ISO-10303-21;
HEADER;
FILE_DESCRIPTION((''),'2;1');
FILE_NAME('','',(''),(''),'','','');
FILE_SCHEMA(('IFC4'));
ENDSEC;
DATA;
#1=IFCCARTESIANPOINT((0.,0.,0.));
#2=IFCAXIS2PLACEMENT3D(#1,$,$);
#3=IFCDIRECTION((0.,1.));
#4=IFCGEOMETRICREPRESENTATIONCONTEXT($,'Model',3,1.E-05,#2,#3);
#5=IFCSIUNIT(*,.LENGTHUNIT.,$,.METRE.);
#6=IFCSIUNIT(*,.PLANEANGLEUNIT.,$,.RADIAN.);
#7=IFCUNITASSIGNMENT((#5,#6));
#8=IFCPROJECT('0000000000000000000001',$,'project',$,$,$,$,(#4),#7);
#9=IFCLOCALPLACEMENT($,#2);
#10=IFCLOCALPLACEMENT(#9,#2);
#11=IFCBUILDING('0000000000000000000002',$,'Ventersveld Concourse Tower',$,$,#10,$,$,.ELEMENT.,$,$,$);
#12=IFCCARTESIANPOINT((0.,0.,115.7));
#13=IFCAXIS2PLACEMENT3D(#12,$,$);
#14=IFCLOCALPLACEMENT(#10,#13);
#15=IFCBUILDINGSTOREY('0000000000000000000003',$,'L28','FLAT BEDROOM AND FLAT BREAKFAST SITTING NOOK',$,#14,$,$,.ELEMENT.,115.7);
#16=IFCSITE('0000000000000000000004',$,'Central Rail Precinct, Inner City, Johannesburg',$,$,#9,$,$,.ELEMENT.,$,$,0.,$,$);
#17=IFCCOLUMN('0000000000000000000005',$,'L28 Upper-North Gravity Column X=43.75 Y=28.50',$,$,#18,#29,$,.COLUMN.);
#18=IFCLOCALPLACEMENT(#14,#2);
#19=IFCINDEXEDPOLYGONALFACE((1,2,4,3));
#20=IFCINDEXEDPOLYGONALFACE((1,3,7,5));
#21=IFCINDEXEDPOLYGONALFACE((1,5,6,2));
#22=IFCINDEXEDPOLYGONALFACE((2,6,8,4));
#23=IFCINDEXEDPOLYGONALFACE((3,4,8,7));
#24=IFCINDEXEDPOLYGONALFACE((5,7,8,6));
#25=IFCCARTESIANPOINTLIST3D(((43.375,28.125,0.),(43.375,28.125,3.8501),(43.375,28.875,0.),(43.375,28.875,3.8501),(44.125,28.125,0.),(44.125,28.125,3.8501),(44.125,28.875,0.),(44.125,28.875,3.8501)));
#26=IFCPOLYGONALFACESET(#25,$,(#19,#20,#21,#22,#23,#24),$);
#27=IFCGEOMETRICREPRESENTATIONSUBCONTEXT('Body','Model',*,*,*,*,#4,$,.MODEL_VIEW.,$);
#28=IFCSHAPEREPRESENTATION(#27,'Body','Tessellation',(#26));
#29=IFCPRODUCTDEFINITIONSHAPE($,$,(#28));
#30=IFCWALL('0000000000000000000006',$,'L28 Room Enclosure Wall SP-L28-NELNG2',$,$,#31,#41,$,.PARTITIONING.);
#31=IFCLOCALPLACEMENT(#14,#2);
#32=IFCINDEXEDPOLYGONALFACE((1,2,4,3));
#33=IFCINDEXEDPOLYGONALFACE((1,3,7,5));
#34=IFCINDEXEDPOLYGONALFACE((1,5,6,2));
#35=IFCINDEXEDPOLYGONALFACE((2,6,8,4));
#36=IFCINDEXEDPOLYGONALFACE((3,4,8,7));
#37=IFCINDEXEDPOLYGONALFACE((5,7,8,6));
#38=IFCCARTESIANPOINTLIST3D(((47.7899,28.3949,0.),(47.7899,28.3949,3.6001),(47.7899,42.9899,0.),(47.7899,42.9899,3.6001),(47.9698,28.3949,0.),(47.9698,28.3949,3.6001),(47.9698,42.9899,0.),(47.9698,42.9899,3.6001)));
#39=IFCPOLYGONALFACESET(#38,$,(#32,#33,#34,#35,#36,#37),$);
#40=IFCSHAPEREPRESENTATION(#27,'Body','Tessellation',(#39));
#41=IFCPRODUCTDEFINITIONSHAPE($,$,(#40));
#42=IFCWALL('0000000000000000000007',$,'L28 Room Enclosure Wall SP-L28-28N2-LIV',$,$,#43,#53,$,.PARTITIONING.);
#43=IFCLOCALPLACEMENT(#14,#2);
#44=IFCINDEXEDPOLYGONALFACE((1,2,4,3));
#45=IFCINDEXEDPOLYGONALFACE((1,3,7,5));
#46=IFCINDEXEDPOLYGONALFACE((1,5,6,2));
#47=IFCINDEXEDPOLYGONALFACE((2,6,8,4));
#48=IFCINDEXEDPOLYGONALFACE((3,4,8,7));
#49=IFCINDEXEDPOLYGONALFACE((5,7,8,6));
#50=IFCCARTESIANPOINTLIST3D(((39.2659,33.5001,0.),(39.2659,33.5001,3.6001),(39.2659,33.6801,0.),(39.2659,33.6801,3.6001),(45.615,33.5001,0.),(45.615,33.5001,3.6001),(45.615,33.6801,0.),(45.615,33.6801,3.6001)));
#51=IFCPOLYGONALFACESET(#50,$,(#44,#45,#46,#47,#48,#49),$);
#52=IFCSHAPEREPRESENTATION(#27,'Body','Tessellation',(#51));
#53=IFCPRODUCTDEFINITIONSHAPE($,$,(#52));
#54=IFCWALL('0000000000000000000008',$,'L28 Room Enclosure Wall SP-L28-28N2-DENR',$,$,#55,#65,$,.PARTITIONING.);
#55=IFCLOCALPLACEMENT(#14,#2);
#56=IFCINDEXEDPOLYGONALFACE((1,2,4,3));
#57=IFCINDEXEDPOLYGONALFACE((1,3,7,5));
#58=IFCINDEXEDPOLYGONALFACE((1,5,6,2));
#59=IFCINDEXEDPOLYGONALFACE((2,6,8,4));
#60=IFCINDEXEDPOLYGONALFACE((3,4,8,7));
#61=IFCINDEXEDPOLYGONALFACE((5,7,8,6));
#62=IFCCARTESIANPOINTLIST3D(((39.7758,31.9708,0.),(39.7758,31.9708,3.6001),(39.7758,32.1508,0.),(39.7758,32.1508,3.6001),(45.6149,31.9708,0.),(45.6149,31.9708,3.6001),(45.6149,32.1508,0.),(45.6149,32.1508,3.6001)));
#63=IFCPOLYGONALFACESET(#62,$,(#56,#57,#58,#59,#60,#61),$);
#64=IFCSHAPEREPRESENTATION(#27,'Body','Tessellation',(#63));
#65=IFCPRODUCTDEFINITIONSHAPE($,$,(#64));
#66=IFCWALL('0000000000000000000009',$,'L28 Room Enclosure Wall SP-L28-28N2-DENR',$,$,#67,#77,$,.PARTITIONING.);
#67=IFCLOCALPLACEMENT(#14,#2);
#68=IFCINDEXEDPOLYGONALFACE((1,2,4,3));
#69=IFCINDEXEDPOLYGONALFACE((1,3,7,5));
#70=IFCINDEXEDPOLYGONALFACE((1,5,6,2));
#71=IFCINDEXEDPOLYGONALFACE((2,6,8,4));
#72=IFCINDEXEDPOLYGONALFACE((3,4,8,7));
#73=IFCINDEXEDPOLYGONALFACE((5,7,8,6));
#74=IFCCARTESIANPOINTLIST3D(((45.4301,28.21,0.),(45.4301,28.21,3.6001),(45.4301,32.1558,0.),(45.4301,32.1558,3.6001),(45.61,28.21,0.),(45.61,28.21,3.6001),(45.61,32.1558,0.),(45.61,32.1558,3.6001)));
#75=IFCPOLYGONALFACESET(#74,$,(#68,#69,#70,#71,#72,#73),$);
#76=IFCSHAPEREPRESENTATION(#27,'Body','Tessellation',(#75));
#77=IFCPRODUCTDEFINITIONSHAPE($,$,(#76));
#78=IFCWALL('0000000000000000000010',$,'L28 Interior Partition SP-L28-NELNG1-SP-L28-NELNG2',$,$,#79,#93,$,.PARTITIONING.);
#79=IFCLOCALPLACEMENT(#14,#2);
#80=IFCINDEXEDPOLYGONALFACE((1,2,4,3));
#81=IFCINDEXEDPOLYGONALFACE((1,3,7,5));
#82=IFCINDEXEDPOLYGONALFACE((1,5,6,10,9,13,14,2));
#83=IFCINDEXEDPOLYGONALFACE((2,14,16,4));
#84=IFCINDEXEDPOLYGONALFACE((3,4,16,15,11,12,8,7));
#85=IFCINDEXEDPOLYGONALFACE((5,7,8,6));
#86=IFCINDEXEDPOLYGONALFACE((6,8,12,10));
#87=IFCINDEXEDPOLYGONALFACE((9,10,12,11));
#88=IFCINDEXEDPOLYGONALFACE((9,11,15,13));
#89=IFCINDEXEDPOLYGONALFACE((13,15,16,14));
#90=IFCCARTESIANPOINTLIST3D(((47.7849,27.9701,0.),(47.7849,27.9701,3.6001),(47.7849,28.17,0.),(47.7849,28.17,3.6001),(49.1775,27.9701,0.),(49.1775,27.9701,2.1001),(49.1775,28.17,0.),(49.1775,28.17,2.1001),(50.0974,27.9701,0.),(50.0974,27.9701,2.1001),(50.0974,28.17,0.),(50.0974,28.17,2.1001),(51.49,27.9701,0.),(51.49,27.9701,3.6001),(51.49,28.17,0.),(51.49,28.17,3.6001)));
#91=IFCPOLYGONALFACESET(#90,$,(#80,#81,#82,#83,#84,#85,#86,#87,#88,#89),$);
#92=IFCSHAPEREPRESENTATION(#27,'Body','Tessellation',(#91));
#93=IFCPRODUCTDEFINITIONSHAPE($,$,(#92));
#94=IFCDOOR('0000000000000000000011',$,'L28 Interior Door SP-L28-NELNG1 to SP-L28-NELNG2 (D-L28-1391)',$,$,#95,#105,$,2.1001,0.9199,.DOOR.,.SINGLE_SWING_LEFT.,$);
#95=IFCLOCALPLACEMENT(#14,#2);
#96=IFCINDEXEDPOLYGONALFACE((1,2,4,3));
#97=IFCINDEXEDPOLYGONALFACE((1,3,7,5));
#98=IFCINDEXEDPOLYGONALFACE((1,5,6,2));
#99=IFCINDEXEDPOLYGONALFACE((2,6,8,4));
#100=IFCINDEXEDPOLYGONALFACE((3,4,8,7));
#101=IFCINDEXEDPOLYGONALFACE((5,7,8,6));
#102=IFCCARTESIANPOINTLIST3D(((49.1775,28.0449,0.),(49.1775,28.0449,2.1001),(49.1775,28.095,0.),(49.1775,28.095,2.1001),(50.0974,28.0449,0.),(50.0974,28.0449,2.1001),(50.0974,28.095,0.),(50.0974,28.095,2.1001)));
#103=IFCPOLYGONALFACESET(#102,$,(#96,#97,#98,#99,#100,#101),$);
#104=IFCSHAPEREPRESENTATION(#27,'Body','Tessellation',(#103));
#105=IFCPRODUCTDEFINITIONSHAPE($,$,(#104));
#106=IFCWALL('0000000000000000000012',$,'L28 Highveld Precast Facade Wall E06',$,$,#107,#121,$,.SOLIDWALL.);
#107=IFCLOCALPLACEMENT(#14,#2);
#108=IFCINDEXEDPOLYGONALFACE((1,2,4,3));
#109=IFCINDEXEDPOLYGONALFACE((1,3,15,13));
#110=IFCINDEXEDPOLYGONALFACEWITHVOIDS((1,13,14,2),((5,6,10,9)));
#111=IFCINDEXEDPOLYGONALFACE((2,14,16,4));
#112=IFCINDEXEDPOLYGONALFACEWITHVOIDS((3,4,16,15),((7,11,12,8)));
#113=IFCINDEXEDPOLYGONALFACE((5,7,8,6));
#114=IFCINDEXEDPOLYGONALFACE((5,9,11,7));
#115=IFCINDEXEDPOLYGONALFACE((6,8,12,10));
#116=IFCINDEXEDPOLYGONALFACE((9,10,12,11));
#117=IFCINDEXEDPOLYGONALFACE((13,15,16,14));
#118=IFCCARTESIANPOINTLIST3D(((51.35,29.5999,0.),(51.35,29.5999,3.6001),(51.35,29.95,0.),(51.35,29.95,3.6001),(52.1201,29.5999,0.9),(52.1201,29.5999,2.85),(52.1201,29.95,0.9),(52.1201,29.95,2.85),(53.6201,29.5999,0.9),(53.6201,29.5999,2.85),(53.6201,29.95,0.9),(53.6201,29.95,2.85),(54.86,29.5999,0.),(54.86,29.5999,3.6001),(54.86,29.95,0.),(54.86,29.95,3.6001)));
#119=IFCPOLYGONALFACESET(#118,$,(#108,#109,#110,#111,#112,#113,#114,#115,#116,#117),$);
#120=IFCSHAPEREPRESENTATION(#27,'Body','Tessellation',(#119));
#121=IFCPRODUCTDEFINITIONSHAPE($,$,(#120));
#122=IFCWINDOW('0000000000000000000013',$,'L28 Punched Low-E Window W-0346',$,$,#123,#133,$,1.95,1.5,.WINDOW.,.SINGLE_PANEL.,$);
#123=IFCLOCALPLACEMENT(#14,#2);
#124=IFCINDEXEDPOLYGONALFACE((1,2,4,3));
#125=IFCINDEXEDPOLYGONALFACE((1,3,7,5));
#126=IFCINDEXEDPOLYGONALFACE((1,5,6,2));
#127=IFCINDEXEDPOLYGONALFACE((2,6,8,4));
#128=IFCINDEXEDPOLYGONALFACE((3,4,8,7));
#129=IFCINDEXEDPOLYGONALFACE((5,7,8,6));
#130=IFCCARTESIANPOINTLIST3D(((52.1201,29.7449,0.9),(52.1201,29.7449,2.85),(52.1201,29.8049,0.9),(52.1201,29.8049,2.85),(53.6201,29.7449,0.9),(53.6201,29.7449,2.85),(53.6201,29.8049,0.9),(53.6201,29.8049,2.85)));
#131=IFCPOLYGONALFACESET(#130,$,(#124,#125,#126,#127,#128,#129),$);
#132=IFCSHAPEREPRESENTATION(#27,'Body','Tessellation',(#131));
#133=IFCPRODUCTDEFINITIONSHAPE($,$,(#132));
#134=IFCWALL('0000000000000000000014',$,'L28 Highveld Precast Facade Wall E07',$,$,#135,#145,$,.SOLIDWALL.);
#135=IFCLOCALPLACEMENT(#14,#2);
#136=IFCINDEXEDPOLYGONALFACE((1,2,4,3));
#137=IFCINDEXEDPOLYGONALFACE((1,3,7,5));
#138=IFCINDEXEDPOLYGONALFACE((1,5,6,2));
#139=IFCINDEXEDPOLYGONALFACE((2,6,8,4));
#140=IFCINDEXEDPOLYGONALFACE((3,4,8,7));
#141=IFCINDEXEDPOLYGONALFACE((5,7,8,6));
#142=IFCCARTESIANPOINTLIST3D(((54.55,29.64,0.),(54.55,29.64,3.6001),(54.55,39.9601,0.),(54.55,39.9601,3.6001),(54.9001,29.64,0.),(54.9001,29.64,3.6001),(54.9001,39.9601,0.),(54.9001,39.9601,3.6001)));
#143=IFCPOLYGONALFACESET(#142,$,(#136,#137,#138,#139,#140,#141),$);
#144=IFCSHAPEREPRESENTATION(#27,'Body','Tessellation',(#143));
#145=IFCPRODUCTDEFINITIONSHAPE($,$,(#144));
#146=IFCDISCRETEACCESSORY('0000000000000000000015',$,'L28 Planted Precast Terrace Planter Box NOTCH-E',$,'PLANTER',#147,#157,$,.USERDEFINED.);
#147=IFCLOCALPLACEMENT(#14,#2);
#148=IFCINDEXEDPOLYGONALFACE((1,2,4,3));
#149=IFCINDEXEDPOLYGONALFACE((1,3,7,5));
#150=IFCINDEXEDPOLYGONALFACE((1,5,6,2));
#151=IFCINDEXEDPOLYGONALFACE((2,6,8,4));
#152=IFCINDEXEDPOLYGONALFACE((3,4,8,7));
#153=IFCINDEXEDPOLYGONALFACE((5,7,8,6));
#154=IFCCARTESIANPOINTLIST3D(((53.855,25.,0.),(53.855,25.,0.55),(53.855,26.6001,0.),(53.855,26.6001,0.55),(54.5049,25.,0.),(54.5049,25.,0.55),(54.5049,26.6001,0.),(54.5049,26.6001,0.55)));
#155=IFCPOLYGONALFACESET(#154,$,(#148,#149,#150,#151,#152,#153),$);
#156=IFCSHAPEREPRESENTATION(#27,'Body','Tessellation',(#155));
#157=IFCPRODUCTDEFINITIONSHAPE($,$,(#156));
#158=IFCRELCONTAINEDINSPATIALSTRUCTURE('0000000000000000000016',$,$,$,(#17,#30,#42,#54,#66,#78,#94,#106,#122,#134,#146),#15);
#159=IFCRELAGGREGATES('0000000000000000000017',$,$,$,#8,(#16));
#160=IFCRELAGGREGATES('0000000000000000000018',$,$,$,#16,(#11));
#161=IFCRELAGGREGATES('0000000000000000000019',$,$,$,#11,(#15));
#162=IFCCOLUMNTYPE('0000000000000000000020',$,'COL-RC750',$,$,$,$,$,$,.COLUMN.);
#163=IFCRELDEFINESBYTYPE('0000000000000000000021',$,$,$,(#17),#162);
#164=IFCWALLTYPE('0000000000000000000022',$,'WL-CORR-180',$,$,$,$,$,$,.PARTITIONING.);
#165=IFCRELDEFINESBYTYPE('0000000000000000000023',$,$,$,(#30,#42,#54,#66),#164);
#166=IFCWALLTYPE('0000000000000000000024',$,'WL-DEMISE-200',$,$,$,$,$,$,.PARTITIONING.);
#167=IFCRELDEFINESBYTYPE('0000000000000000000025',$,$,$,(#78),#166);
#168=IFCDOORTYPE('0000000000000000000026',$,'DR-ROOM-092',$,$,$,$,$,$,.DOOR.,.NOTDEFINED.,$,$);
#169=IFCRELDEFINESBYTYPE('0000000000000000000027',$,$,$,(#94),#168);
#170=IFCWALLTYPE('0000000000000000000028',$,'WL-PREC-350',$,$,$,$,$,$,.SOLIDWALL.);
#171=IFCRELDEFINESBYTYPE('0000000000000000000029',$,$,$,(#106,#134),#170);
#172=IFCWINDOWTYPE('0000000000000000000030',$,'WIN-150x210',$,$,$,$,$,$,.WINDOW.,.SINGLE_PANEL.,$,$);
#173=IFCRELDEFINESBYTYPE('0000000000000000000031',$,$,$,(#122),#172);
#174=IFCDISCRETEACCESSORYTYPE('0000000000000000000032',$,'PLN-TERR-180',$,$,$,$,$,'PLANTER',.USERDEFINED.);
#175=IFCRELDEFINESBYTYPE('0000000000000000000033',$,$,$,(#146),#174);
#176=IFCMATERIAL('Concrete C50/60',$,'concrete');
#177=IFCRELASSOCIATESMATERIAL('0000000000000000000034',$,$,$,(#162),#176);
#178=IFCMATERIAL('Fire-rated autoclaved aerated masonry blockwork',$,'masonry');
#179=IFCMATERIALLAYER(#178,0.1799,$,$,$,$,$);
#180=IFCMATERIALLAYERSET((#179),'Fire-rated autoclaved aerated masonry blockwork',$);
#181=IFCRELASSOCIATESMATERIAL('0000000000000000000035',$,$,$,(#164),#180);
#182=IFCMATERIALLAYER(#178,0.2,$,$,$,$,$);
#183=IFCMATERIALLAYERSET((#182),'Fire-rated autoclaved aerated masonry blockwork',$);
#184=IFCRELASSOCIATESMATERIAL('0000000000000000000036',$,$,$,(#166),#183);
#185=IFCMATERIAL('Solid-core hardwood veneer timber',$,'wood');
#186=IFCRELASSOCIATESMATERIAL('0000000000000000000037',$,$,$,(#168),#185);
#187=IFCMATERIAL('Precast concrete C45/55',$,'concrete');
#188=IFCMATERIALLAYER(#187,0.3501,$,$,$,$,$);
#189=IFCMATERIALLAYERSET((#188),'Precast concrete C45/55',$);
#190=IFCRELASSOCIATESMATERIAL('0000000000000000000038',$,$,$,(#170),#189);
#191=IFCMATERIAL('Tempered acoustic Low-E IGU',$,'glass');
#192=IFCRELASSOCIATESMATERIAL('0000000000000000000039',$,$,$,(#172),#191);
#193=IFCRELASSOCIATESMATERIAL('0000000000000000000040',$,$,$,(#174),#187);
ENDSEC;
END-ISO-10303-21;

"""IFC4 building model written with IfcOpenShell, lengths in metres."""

from ifc_helpers import new_model, si_unit, direction, frame, frame_2d, origin, origin_2d, place, context, subcontext, project, spatial, rectangle, extrude, material, layer, layer_set, material_profile, profile_set, type_object, element, fill, save


model = new_model("IFC4")

# Units and contexts
model_context = context("Model", 3, precision=1e-05, world=origin(), true_north=direction((0.0, 1.0)))
body_context = subcontext(model_context, "Body", "Model", "MODEL_VIEW")
ifc_project = project(units=[si_unit("LENGTHUNIT", "METRE"), si_unit("PLANEANGLEUNIT", "RADIAN")], contexts=[model_context])

# Site, building, storey
site_placement = place(None, origin())
site = spatial("IfcSite", under=ifc_project, at=site_placement, Name="Central Rail Precinct, Inner City, Johannesburg", CompositionType="ELEMENT", RefElevation=0.0)
building_placement = place(site_placement, origin())
building = spatial("IfcBuilding", under=site, at=building_placement, Name="Ventersveld Concourse Tower", CompositionType="ELEMENT")
storey_placement = place(building_placement, frame((0.0, 0.0, 115.7)))
storey = spatial("IfcBuildingStorey", under=building, at=storey_placement, Name="L28", Description="FLAT BEDROOM AND FLAT BREAKFAST SITTING NOOK", CompositionType="ELEMENT", Elevation=115.7)

# Column
ifc_material_1 = material(Name="Concrete C50/60", Category="concrete")
ifc_material_profile = material_profile(ifc_material_1, rectangle(XDim=0.75, YDim=0.75, at=origin_2d()), Name="RC 750x750")
ifc_profile_set = profile_set([ifc_material_profile], Name="Concrete C50/60")
column_type = type_object("IfcColumnType", Name="COL-RC750", PredefinedType="COLUMN", material=ifc_profile_set)
column_placement = place(storey_placement, frame((43.75, 28.5, 0.0), z_axis=(0.0, 0.0, 1.0), x_axis=(1.0, 0.0, 0.0)))
element("IfcColumn", 1, at=column_placement, inside=storey, type_object=column_type, Name="L28 Upper-North Gravity Column X=43.75 Y=28.50", PredefinedType="COLUMN", context=body_context, shape_type="SweptSolid", body=[
    extrude(rectangle(XDim=0.75, YDim=0.75, at=origin_2d()), origin(), (0.0, 0.0, 1.0), 3.8501),
])

# Walls
ifc_material_2 = material(Name="Fire-rated autoclaved aerated masonry blockwork", Category="masonry")
ifc_layer_1 = layer(ifc_material_2, 0.1799)
ifc_layer_set_1 = layer_set([ifc_layer_1], Name="Fire-rated autoclaved aerated masonry blockwork")
wall_type_1 = type_object("IfcWallType", Name="WL-CORR-180", PredefinedType="PARTITIONING", material=ifc_layer_set_1)
wall_1_placement = place(storey_placement, frame((47.8799, 28.395, 0.0), z_axis=(0.0, 0.0, 1.0), x_axis=(0.0, 1.0, 0.0)))
element("IfcWall", 2, at=wall_1_placement, inside=storey, type_object=wall_type_1, Name="L28 Room Enclosure Wall SP-L28-NELNG2", PredefinedType="PARTITIONING", context=body_context, shape_type="SweptSolid", body=[
    extrude(rectangle(XDim=14.595, YDim=0.1799, at=frame_2d((7.2974, 0.0))), origin(), (0.0, 0.0, 1.0), 3.6001),
])
wall_2_placement = place(storey_placement, frame((45.615, 33.5901, 0.0), z_axis=(0.0, 0.0, 1.0), x_axis=(-1.0, 0.0, 0.0)))
element("IfcWall", 3, at=wall_2_placement, inside=storey, type_object=wall_type_1, Name="L28 Room Enclosure Wall SP-L28-28N2-LIV", PredefinedType="PARTITIONING", context=body_context, shape_type="SweptSolid", body=[
    extrude(rectangle(XDim=6.3491, YDim=0.1799, at=frame_2d((3.1746, 0.0))), origin(), (0.0, 0.0, 1.0), 3.6001),
])
wall_3_placement = place(storey_placement, frame((39.7759, 32.0608, 0.0), z_axis=(0.0, 0.0, 1.0), x_axis=(1.0, 0.0, 0.0)))
element("IfcWall", 4, at=wall_3_placement, inside=storey, type_object=wall_type_1, Name="L28 Room Enclosure Wall SP-L28-28N2-DENR", PredefinedType="PARTITIONING", context=body_context, shape_type="SweptSolid", body=[
    extrude(rectangle(XDim=5.8391, YDim=0.1799, at=frame_2d((2.9194, 0.0))), origin(), (0.0, 0.0, 1.0), 3.6001),
])
wall_4_placement = place(storey_placement, frame((45.52, 32.1558, 0.0), z_axis=(0.0, 0.0, 1.0), x_axis=(0.0, -1.0, 0.0)))
element("IfcWall", 5, at=wall_4_placement, inside=storey, type_object=wall_type_1, Name="L28 Room Enclosure Wall SP-L28-28N2-DENR", PredefinedType="PARTITIONING", context=body_context, shape_type="SweptSolid", body=[
    extrude(rectangle(XDim=3.9458, YDim=0.1799, at=frame_2d((1.9729, 0.0))), origin(), (0.0, 0.0, 1.0), 3.6001),
])

# Wall, opening, door
ifc_layer_2 = layer(ifc_material_2, 0.2)
ifc_layer_set_2 = layer_set([ifc_layer_2], Name="Fire-rated autoclaved aerated masonry blockwork")
wall_type_2 = type_object("IfcWallType", Name="WL-DEMISE-200", PredefinedType="PARTITIONING", material=ifc_layer_set_2)
wall_5_placement = place(storey_placement, frame((47.7849, 28.0701, 0.0), z_axis=(0.0, 0.0, 1.0), x_axis=(1.0, 0.0, 0.0)))
wall_5 = element("IfcWall", 6, at=wall_5_placement, inside=storey, type_object=wall_type_2, Name="L28 Interior Partition SP-L28-NELNG1-SP-L28-NELNG2", PredefinedType="PARTITIONING", context=body_context, shape_type="SweptSolid", body=[
    extrude(rectangle(XDim=3.7051, YDim=0.2, at=frame_2d((1.8525, 0.0))), origin(), (0.0, 0.0, 1.0), 3.6001),
])
opening_1_placement = place(wall_5_placement, frame((1.3926, 0.0, 0.0)))
opening_1 = element("IfcOpeningElement", 7, at=opening_1_placement, cuts=wall_5, PredefinedType="OPENING", context=body_context, shape_type="SweptSolid", body=[
    extrude(rectangle(XDim=0.9199, YDim=2.1001, at=frame_2d((0.46, 1.05))), frame((0.0, 0.1099, 0.0), z_axis=(0.0, -1.0, 0.0), x_axis=(1.0, 0.0, 0.0)), (0.0, 0.0, 1.0), 0.22),
])
ifc_material_3 = material(Name="Solid-core hardwood veneer timber", Category="wood")
door_type = type_object("IfcDoorType", Name="DR-ROOM-092", OperationType="NOTDEFINED", PredefinedType="DOOR", material=ifc_material_3)
door_placement = place(opening_1_placement, origin())
door = element("IfcDoor", 8, at=door_placement, inside=storey, type_object=door_type, Name="L28 Interior Door SP-L28-NELNG1 to SP-L28-NELNG2 (D-L28-1391)", OperationType="SINGLE_SWING_LEFT", OverallHeight=2.1001, OverallWidth=0.9199, PredefinedType="DOOR", context=body_context, shape_type="SweptSolid", body=[
    extrude(rectangle(XDim=0.9199, YDim=2.1001, at=frame_2d((0.46, 1.05))), frame((0.0, 0.0249, 0.0), z_axis=(0.0, -1.0, 0.0), x_axis=(1.0, 0.0, 0.0)), (0.0, 0.0, 1.0), 0.05),
])
fill(opening_1, door)

# Wall, opening, window
ifc_material_4 = material(Name="Precast concrete C45/55", Category="concrete")
ifc_layer_3 = layer(ifc_material_4, 0.3501)
ifc_layer_set_3 = layer_set([ifc_layer_3], Name="Precast concrete C45/55")
wall_type_3 = type_object("IfcWallType", Name="WL-PREC-350", PredefinedType="SOLIDWALL", material=ifc_layer_set_3)
wall_6_placement = place(storey_placement, frame((51.3501, 29.7749, 0.0), z_axis=(0.0, 0.0, 1.0), x_axis=(1.0, 0.0, 0.0)))
wall_6 = element("IfcWall", 9, at=wall_6_placement, inside=storey, type_object=wall_type_3, Name="L28 Highveld Precast Facade Wall E06", PredefinedType="SOLIDWALL", context=body_context, shape_type="SweptSolid", body=[
    extrude(rectangle(XDim=3.51, YDim=0.3501, at=frame_2d((1.7549, 0.0))), origin(), (0.0, 0.0, 1.0), 3.6001),
])
opening_2_placement = place(wall_6_placement, frame((0.77, 0.0, 0.8999)))
opening_2 = element("IfcOpeningElement", 10, at=opening_2_placement, cuts=wall_6, PredefinedType="OPENING", context=body_context, shape_type="SweptSolid", body=[
    extrude(rectangle(XDim=1.5, YDim=1.95, at=frame_2d((0.75, 0.9751))), frame((0.0, 0.1851, 0.0), z_axis=(0.0, -1.0, 0.0), x_axis=(1.0, 0.0, 0.0)), (0.0, 0.0, 1.0), 0.3701),
])
ifc_material_5 = material(Name="Tempered acoustic Low-E IGU", Category="glass")
window_type = type_object("IfcWindowType", Name="WIN-150x210", PartitioningType="SINGLE_PANEL", PredefinedType="WINDOW", material=ifc_material_5)
window_placement = place(opening_2_placement, origin())
window = element("IfcWindow", 11, at=window_placement, inside=storey, type_object=window_type, Name="L28 Punched Low-E Window W-0346", OverallHeight=1.95, OverallWidth=1.5, PartitioningType="SINGLE_PANEL", PredefinedType="WINDOW", context=body_context, shape_type="SweptSolid", body=[
    extrude(rectangle(XDim=1.5, YDim=1.95, at=frame_2d((0.75, 0.9751))), frame((0.0, 0.03, 0.0), z_axis=(0.0, -1.0, 0.0), x_axis=(1.0, 0.0, 0.0)), (0.0, 0.0, 1.0), 0.0601),
])
fill(opening_2, window)

# Wall
wall_7_placement = place(storey_placement, frame((54.7251, 29.6399, 0.0), z_axis=(0.0, 0.0, 1.0), x_axis=(0.0, 1.0, 0.0)))
element("IfcWall", 12, at=wall_7_placement, inside=storey, type_object=wall_type_3, Name="L28 Highveld Precast Facade Wall E07", PredefinedType="SOLIDWALL", context=body_context, shape_type="SweptSolid", body=[
    extrude(rectangle(XDim=10.3201, YDim=0.3501, at=frame_2d((5.1602, 0.0))), origin(), (0.0, 0.0, 1.0), 3.6001),
])

# Discrete accessory
discrete_accessory_type = type_object("IfcDiscreteAccessoryType", Name="PLN-TERR-180", ElementType="PLANTER", PredefinedType="USERDEFINED", material=ifc_material_4)
discrete_accessory_placement = place(storey_placement, frame((54.1799, 25.8, 0.0), z_axis=(0.0, 0.0, 1.0), x_axis=(0.0, 1.0, 0.0)))
element("IfcDiscreteAccessory", 13, at=discrete_accessory_placement, inside=storey, type_object=discrete_accessory_type, Name="L28 Planted Precast Terrace Planter Box NOTCH-E", ObjectType="PLANTER", PredefinedType="USERDEFINED", context=body_context, shape_type="SweptSolid", body=[
    extrude(rectangle(XDim=1.6001, YDim=0.6499, at=origin_2d()), origin(), (0.0, 0.0, 1.0), 0.55),
])

save(model, "model.ifc")
